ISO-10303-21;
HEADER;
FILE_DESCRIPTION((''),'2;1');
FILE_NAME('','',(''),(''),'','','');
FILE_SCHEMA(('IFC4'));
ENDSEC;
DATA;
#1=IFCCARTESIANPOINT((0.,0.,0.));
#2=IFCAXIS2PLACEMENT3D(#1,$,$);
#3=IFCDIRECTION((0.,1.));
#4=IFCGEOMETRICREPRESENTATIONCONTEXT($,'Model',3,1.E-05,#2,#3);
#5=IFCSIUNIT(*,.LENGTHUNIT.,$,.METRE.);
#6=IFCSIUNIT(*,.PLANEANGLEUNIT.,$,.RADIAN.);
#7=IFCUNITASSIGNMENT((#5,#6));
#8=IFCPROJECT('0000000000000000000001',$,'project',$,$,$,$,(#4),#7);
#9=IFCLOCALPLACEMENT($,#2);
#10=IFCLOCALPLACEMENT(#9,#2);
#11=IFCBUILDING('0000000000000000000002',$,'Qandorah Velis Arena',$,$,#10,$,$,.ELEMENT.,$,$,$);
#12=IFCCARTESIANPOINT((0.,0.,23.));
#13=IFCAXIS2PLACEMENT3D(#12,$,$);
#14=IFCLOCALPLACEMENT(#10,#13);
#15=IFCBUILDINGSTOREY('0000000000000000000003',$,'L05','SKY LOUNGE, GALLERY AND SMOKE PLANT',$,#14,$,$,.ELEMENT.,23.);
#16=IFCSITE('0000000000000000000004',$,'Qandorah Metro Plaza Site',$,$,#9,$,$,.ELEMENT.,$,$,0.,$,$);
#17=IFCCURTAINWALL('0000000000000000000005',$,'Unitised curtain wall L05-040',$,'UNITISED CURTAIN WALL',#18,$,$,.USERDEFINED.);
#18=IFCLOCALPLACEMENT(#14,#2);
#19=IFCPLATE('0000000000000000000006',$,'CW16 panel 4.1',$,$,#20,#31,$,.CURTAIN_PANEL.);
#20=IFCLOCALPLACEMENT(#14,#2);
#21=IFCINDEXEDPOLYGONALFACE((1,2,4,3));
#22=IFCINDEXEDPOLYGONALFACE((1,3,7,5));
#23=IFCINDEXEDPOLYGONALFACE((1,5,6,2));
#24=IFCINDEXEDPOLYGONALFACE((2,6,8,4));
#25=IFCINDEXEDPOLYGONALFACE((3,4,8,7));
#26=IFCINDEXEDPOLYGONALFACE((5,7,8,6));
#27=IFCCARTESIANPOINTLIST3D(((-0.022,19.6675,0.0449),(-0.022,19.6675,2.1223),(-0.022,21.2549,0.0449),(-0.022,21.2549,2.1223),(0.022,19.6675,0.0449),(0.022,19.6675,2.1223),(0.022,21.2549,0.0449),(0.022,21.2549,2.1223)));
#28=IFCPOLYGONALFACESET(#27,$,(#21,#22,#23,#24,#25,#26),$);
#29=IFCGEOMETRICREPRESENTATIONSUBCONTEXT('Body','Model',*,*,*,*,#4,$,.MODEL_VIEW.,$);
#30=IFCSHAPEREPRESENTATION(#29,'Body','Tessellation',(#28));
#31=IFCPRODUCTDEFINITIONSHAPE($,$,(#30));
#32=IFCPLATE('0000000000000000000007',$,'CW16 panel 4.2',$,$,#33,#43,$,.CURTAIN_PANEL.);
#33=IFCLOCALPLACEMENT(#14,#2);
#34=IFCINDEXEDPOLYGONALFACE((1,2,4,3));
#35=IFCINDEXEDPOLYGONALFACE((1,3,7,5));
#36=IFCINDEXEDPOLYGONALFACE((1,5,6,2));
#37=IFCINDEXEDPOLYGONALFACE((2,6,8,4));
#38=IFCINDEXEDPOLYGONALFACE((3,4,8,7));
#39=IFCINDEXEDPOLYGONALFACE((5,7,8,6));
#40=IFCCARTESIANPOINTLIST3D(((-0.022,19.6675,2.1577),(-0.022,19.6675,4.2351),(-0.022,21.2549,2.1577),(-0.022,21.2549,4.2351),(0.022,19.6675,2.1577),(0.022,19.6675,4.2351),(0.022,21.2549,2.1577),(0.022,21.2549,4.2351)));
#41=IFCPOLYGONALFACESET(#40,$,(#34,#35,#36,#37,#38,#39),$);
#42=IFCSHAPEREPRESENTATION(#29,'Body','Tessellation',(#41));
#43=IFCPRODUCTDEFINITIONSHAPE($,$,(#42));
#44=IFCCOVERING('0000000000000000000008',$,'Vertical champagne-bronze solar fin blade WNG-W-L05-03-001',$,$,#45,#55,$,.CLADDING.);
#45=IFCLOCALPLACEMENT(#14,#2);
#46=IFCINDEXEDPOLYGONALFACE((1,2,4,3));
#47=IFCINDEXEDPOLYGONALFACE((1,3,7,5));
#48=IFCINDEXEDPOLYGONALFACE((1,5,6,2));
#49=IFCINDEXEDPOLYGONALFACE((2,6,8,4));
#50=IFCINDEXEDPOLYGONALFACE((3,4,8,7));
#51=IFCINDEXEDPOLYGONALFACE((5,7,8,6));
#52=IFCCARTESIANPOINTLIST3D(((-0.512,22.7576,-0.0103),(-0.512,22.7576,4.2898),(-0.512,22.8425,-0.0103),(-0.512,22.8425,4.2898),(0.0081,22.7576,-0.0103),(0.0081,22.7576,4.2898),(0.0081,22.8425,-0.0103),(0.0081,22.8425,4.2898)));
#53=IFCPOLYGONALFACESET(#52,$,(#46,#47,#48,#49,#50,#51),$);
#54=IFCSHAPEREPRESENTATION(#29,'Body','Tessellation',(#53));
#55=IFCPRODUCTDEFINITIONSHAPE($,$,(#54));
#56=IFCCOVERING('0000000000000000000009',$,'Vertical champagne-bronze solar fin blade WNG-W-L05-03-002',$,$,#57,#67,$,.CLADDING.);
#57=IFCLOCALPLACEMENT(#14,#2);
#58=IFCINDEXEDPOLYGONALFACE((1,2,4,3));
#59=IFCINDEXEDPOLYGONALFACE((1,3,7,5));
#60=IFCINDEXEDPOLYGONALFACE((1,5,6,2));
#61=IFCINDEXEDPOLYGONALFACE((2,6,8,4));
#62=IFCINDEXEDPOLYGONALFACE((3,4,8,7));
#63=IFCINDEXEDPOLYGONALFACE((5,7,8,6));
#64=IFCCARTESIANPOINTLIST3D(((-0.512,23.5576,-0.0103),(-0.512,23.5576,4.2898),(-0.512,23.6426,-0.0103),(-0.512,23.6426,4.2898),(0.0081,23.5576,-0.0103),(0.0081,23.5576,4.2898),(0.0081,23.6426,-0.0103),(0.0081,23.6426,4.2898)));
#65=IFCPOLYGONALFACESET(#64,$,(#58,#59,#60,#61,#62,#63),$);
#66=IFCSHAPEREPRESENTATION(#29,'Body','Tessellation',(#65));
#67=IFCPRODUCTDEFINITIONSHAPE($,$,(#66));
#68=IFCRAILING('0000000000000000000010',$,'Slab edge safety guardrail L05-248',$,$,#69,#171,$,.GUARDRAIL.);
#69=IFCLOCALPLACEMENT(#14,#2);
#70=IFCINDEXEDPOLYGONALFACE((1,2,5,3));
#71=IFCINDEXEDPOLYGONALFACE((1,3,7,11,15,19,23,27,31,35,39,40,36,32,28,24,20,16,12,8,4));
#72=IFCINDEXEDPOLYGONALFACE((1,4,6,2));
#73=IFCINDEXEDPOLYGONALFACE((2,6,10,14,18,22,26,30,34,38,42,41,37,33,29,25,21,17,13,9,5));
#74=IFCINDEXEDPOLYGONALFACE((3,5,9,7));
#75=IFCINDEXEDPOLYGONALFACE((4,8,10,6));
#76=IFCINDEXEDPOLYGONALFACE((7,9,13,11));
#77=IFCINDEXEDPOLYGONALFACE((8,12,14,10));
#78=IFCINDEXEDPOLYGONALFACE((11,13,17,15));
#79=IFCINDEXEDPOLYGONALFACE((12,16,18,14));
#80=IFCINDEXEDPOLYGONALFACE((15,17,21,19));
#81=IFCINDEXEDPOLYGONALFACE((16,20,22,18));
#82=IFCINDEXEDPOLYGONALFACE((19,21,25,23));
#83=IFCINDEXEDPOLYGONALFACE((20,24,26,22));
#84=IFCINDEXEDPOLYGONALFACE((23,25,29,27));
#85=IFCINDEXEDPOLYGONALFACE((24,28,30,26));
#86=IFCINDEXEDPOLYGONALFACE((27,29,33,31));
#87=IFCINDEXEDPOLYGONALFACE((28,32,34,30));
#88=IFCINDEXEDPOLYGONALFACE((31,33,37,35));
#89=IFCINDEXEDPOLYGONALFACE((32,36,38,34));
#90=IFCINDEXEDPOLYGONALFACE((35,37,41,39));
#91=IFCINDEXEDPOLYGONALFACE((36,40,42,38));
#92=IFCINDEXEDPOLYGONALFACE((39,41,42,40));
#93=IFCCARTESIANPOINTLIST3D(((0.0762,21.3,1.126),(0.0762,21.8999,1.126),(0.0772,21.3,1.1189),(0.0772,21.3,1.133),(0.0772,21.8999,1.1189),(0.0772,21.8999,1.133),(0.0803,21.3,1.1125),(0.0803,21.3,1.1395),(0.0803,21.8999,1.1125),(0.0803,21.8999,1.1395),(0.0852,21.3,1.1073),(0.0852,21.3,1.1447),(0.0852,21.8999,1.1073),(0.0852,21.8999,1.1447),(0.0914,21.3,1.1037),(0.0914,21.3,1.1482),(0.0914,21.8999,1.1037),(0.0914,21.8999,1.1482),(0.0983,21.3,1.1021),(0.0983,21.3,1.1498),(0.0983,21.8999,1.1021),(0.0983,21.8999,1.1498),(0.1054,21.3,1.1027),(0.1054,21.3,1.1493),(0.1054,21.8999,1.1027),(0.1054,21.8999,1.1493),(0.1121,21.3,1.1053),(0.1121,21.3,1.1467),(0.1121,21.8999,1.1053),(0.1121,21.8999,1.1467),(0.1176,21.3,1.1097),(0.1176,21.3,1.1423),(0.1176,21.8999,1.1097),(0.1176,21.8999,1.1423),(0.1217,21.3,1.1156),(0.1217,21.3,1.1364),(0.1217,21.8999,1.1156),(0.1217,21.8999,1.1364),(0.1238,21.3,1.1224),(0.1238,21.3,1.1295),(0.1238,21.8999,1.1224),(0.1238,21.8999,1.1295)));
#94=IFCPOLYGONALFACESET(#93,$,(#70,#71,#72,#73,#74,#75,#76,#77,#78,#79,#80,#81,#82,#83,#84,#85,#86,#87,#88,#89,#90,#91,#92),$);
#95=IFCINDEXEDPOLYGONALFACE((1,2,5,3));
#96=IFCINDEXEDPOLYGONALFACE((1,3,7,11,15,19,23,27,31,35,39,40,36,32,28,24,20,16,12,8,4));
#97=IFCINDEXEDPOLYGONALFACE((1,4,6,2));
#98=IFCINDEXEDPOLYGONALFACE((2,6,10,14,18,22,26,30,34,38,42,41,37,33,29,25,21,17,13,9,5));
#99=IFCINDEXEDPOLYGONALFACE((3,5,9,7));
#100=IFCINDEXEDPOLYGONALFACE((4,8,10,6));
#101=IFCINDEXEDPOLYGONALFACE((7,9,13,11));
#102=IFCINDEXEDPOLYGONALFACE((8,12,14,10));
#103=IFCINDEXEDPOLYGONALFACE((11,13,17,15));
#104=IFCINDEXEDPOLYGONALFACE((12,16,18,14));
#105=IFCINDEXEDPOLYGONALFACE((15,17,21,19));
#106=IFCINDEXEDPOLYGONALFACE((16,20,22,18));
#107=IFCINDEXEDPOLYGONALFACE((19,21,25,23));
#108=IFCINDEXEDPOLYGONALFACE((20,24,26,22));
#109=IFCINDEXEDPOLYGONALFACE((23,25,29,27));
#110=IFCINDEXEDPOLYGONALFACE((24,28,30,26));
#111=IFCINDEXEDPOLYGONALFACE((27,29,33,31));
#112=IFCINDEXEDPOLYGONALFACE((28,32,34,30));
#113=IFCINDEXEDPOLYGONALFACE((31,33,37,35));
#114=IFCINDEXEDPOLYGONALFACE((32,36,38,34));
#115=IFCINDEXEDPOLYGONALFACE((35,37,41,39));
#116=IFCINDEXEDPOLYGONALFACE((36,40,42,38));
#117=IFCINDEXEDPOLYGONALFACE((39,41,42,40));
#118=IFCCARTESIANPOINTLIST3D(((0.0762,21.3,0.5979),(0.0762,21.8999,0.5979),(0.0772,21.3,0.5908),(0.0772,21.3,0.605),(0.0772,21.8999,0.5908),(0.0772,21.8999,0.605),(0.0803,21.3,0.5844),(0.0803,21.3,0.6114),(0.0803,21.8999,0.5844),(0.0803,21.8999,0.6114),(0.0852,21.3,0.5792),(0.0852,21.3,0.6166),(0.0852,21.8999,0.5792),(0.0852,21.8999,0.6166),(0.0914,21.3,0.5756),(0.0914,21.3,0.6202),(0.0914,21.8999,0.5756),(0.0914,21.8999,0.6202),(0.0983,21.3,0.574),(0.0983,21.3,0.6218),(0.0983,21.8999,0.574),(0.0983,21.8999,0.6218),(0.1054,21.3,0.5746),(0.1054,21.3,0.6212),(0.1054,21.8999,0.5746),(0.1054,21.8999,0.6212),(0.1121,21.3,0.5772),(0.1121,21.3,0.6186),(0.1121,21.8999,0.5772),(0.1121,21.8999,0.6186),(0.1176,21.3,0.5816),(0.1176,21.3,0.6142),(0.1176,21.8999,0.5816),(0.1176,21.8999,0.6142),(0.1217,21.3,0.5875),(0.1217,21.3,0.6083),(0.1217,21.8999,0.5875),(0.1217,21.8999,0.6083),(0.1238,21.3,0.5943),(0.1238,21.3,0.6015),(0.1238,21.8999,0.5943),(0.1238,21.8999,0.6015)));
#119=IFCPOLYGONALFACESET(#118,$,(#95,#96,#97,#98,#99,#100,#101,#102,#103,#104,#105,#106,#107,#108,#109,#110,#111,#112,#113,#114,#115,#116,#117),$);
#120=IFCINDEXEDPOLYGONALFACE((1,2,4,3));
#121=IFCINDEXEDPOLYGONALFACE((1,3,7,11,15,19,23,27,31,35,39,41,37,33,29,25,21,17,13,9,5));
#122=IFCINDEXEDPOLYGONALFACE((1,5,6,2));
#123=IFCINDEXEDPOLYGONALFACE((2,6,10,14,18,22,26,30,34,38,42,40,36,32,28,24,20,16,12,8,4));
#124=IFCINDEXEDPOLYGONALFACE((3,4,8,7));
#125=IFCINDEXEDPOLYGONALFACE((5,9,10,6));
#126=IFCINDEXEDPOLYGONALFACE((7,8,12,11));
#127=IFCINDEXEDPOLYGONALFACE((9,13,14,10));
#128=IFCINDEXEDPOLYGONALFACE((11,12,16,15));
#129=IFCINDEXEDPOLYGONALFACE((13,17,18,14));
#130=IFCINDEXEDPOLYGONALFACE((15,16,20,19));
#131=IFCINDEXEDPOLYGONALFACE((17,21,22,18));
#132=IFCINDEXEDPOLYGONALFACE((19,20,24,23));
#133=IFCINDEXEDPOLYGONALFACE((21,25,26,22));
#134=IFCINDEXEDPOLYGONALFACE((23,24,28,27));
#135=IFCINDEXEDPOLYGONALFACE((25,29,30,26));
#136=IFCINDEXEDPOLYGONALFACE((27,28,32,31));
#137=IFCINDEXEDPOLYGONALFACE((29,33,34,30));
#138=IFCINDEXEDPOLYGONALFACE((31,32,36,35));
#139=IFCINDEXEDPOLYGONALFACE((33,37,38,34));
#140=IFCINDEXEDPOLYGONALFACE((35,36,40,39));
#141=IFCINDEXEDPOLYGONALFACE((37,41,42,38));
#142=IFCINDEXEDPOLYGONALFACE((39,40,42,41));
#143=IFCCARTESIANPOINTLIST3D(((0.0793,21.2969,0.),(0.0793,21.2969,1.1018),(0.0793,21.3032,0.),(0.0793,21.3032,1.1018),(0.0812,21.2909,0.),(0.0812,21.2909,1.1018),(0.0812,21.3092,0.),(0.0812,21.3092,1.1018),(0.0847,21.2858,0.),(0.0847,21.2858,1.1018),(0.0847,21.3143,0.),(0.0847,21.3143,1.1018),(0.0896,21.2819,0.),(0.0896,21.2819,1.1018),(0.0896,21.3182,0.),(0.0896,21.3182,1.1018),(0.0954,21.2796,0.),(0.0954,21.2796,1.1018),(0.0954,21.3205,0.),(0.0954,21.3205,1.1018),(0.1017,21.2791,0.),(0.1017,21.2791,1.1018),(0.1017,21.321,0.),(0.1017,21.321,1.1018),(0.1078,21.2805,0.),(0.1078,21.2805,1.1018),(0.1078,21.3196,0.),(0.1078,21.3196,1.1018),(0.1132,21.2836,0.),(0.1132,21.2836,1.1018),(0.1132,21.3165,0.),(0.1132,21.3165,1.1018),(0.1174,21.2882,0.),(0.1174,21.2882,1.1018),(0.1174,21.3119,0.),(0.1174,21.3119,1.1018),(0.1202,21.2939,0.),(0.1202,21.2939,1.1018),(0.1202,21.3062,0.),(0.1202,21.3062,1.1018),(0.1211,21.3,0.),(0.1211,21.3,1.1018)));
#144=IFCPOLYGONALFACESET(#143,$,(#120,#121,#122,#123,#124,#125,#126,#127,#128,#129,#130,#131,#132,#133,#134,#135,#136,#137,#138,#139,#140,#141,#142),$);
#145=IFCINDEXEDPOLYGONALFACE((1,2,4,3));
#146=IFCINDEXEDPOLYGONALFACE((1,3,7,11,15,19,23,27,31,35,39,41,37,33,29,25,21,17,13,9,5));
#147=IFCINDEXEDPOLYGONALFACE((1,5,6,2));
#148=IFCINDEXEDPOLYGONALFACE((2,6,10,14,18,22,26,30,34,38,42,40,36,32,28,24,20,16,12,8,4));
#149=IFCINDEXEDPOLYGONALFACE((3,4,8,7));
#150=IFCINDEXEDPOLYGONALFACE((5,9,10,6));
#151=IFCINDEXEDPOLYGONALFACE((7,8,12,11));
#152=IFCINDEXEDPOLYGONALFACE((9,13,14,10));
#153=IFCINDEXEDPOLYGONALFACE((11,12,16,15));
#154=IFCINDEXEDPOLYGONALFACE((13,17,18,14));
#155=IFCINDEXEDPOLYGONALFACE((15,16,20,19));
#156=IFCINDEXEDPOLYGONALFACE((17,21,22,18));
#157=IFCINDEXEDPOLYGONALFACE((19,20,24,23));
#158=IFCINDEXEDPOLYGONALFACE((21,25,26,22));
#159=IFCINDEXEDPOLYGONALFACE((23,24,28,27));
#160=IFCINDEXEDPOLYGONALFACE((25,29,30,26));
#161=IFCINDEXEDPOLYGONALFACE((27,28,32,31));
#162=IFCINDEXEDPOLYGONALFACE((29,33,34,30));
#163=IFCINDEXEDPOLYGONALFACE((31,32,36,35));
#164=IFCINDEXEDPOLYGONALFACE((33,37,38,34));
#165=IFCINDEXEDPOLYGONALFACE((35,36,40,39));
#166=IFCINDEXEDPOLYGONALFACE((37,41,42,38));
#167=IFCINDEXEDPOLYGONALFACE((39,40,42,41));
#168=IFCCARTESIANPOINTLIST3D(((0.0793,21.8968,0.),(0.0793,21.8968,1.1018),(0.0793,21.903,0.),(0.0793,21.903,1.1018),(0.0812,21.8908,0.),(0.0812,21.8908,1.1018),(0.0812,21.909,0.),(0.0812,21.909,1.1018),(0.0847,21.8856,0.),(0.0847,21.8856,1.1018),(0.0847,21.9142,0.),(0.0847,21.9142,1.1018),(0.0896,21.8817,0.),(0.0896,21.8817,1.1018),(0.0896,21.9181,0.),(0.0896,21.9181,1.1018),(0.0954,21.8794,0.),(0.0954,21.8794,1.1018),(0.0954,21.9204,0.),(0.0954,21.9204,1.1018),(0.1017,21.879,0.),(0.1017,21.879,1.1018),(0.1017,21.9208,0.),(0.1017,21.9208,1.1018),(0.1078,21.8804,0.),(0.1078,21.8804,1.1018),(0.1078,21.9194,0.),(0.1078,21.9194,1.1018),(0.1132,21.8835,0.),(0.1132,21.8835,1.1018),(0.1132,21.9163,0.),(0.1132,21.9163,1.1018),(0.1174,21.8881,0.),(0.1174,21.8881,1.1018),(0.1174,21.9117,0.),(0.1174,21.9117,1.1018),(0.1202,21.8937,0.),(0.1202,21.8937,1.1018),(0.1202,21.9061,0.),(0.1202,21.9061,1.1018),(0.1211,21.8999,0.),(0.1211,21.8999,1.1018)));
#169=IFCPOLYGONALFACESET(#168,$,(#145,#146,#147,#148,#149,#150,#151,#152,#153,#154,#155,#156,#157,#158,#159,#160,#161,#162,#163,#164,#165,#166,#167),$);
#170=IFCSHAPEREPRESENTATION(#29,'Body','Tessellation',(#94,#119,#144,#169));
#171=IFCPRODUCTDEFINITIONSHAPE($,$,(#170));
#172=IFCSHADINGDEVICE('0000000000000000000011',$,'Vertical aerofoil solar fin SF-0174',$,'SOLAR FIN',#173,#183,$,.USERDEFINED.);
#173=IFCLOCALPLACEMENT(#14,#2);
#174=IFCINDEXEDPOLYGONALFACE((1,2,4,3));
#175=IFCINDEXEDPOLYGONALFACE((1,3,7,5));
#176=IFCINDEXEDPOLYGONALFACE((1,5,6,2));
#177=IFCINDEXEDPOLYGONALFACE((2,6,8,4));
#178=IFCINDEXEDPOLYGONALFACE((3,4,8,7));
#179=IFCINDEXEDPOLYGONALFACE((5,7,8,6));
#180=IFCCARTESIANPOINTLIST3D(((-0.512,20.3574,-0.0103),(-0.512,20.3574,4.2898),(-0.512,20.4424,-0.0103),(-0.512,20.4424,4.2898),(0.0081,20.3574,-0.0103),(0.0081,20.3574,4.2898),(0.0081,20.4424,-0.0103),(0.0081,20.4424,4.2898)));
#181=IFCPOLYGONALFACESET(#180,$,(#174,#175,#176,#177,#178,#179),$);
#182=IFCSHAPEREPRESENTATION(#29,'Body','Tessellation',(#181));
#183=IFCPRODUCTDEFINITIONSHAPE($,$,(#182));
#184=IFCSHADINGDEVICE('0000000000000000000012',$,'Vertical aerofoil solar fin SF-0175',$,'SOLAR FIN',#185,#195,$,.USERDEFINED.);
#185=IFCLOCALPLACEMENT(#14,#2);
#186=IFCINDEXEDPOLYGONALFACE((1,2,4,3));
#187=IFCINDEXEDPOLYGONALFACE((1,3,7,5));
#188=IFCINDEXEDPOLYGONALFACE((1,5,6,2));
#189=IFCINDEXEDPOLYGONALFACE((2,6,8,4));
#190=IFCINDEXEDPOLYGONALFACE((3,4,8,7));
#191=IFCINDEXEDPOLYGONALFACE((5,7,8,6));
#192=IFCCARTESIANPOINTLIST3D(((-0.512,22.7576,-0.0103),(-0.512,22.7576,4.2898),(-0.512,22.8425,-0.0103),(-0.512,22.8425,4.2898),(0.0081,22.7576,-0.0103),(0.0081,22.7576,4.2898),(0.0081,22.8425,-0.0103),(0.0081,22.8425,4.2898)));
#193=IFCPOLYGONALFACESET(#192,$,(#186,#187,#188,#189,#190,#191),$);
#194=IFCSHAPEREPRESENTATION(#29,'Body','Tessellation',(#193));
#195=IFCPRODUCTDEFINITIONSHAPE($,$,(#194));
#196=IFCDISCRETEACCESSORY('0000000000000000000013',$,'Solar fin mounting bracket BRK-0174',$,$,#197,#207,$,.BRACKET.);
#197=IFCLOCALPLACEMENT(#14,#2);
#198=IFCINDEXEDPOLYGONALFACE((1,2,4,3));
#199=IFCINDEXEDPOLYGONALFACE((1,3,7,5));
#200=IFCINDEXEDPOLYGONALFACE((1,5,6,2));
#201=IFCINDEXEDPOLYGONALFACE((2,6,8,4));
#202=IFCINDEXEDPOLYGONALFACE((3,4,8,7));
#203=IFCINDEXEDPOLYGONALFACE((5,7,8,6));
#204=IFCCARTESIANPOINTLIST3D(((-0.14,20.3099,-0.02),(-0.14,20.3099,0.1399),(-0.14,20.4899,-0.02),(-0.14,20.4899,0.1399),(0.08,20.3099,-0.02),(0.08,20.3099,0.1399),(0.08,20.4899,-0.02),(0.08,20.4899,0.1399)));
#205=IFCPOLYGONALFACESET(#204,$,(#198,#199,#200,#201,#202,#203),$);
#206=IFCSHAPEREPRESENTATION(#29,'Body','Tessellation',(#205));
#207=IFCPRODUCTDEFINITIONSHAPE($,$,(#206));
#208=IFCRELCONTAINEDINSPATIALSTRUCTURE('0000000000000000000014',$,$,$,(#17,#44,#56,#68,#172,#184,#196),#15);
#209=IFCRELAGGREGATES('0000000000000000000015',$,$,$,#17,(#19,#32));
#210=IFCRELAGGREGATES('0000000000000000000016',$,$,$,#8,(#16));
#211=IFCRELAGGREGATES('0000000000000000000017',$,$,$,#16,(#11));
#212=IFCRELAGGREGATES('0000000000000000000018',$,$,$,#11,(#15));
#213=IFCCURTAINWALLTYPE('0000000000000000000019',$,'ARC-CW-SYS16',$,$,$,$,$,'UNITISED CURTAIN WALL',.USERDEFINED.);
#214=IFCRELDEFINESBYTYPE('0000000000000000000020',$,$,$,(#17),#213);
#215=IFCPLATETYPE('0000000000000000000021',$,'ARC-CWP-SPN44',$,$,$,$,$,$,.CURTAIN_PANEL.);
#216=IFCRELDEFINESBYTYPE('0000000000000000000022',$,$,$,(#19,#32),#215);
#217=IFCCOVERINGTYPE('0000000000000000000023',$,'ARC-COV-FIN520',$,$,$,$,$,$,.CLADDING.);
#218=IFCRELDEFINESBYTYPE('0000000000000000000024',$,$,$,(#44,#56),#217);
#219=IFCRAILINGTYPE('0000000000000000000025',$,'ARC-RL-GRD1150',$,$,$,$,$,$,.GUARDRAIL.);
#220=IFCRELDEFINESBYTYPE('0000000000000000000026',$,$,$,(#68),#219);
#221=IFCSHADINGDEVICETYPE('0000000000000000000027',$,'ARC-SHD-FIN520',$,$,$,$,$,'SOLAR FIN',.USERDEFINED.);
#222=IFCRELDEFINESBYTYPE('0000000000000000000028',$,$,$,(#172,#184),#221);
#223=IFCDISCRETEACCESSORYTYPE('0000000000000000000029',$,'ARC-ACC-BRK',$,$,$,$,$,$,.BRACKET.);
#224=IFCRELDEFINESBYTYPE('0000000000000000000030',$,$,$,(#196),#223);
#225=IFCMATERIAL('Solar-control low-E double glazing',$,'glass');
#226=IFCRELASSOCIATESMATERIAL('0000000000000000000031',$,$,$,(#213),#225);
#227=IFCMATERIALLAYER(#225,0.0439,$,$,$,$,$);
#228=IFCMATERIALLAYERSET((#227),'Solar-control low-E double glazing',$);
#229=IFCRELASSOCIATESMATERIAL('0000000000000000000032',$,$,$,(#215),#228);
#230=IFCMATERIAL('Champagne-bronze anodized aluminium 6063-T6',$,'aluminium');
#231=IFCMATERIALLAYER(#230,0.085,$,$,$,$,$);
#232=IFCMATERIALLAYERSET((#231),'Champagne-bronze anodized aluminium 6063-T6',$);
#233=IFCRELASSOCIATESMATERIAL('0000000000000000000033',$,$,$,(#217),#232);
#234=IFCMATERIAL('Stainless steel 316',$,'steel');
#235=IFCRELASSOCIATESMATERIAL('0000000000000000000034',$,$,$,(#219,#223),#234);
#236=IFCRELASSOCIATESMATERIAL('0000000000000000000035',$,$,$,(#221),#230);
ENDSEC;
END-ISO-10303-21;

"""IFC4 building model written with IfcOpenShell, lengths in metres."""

from ifc_helpers import new_model, si_unit, direction, frame, origin, origin_2d, place, context, subcontext, project, spatial, rectangle, circle, extrude, material, layer, layer_set, type_object, element, aggregate, save


model = new_model("IFC4")

# Units and contexts
model_context = context("Model", 3, precision=1e-05, world=origin(), true_north=direction((0.0, 1.0)))
body_context = subcontext(model_context, "Body", "Model", "MODEL_VIEW")
ifc_project = project(units=[si_unit("LENGTHUNIT", "METRE"), si_unit("PLANEANGLEUNIT", "RADIAN")], contexts=[model_context])

# Site, building, storey
site_placement = place(None, origin())
site = spatial("IfcSite", under=ifc_project, at=site_placement, Name="Qandorah Metro Plaza Site", CompositionType="ELEMENT", RefElevation=0.0)
building_placement = place(site_placement, origin())
building = spatial("IfcBuilding", under=site, at=building_placement, Name="Qandorah Velis Arena", CompositionType="ELEMENT")
storey_placement = place(building_placement, frame((0.0, 0.0, 23.0)))
storey = spatial("IfcBuildingStorey", under=building, at=storey_placement, Name="L05", Description="SKY LOUNGE, GALLERY AND SMOKE PLANT", CompositionType="ELEMENT", Elevation=23.0)

# Curtain wall
ifc_material_1 = material(Name="Solar-control low-E double glazing", Category="glass")
curtain_wall_type_1 = type_object("IfcCurtainWallType", Name="ARC-CW-SYS16", ElementType="UNITISED CURTAIN WALL", PredefinedType="USERDEFINED", material=ifc_material_1)
curtain_wall_1_placement = place(storey_placement, origin())
curtain_wall_1 = element("IfcCurtainWall", 1, at=curtain_wall_1_placement, inside=storey, type_object=curtain_wall_type_1, Name="Unitised curtain wall L05-040", ObjectType="UNITISED CURTAIN WALL", PredefinedType="USERDEFINED")
ifc_material_2 = material(Name="Champagne-bronze anodized aluminium 6063-T6", Category="aluminium")

# Plates
ifc_layer_1 = layer(ifc_material_1, 0.0439)
ifc_layer_set_1 = layer_set([ifc_layer_1], Name="Solar-control low-E double glazing")
plate_type_1 = type_object("IfcPlateType", Name="ARC-CWP-SPN44", PredefinedType="CURTAIN_PANEL", material=ifc_layer_set_1)
plate_1_placement = place(storey_placement, frame((0.0, 20.4612, 0.0449), z_axis=(0.0, 0.0, 1.0), x_axis=(0.0, 1.0, 0.0)))
plate_1 = element("IfcPlate", 2, at=plate_1_placement, type_object=plate_type_1, Name="CW16 panel 4.1", PredefinedType="CURTAIN_PANEL", context=body_context, shape_type="SweptSolid", body=[
    extrude(rectangle(XDim=1.5874, YDim=0.0439, at=origin_2d()), origin(), (0.0, 0.0, 1.0), 2.0774),
])
plate_2_placement = place(storey_placement, frame((0.0, 20.4612, 2.1577), z_axis=(0.0, 0.0, 1.0), x_axis=(0.0, 1.0, 0.0)))
plate_2 = element("IfcPlate", 3, at=plate_2_placement, type_object=plate_type_1, Name="CW16 panel 4.2", PredefinedType="CURTAIN_PANEL", context=body_context, shape_type="SweptSolid", body=[
    extrude(rectangle(XDim=1.5874, YDim=0.0439, at=origin_2d()), origin(), (0.0, 0.0, 1.0), 2.0774),
])
aggregate(curtain_wall_1, [plate_1, plate_2])

# Coverings
ifc_layer_2 = layer(ifc_material_2, 0.085)
ifc_layer_set_2 = layer_set([ifc_layer_2], Name="Champagne-bronze anodized aluminium 6063-T6")
covering_type = type_object("IfcCoveringType", Name="ARC-COV-FIN520", PredefinedType="CLADDING", material=ifc_layer_set_2)
for number, where, z_axis, x_axis, name in (
    (4, (-0.252, 22.8, -0.0103), (0.0, 0.0, 1.0), (1.0, 0.0, 0.0), "Vertical champagne-bronze solar fin blade WNG-W-L05-03-001"),
    (5, (-0.252, 23.6001, -0.0103), (0.0, 0.0, 1.0), (1.0, 0.0, 0.0), "Vertical champagne-bronze solar fin blade WNG-W-L05-03-002"),
):
    element("IfcCovering", number, at=place(storey_placement, frame(where, z_axis=z_axis, x_axis=x_axis)), inside=storey, type_object=covering_type, Name=name, PredefinedType="CLADDING", context=body_context, shape_type="SweptSolid", body=[
        extrude(rectangle(XDim=0.52, YDim=0.085, at=origin_2d()), origin(), (0.0, 0.0, 1.0), 4.3),
    ])

# Railing
ifc_material_3 = material(Name="Stainless steel 316", Category="steel")
railing_type = type_object("IfcRailingType", Name="ARC-RL-GRD1150", PredefinedType="GUARDRAIL", material=ifc_material_3)
railing_placement = place(storey_placement, frame((0.1001, 21.3, 0.0)))
element("IfcRailing", 6, at=railing_placement, inside=storey, type_object=railing_type, Name="Slab edge safety guardrail L05-248", PredefinedType="GUARDRAIL", context=body_context, shape_type="SweptSolid", body=[
    extrude(circle(Radius=0.0239, at=origin_2d()), frame((0.0, 0.0, 1.126), z_axis=(0.0, 1.0, 0.0), x_axis=(-1.0, 0.0, 0.0)), (0.0, 0.0, 1.0), 0.5999),
    extrude(circle(Radius=0.0239, at=origin_2d()), frame((0.0, 0.0, 0.5979), z_axis=(0.0, 1.0, 0.0), x_axis=(-1.0, 0.0, 0.0)), (0.0, 0.0, 1.0), 0.5999),
    extrude(circle(Radius=0.021, at=origin_2d()), origin(), (0.0, 0.0, 1.0), 1.1018),
    extrude(circle(Radius=0.021, at=origin_2d()), frame((0.0, 0.5999, 0.0)), (0.0, 0.0, 1.0), 1.1018),
])

# Shading devices
shading_device_type = type_object("IfcShadingDeviceType", Name="ARC-SHD-FIN520", ElementType="SOLAR FIN", PredefinedType="USERDEFINED", material=ifc_material_2)
for number, where, z_axis, x_axis, name in (
    (7, (-0.252, 20.3999, -0.0103), (0.0, 0.0, 1.0), (1.0, 0.0, 0.0), "Vertical aerofoil solar fin SF-0174"),
    (8, (-0.252, 22.8, -0.0103), (0.0, 0.0, 1.0), (1.0, 0.0, 0.0), "Vertical aerofoil solar fin SF-0175"),
):
    element("IfcShadingDevice", number, at=place(storey_placement, frame(where, z_axis=z_axis, x_axis=x_axis)), inside=storey, type_object=shading_device_type, Name=name, ObjectType="SOLAR FIN", PredefinedType="USERDEFINED", context=body_context, shape_type="SweptSolid", body=[
        extrude(rectangle(XDim=0.52, YDim=0.085, at=origin_2d()), origin(), (0.0, 0.0, 1.0), 4.3),
    ])

# Discrete accessory
discrete_accessory_type = type_object("IfcDiscreteAccessoryType", Name="ARC-ACC-BRK", PredefinedType="BRACKET", material=ifc_material_3)
for number, where, z_axis, x_axis, name in (
    (9, (-0.03, 20.3999, -0.02), (0.0, 0.0, 1.0), (1.0, 0.0, 0.0), "Solar fin mounting bracket BRK-0174"),
):
    element("IfcDiscreteAccessory", number, at=place(storey_placement, frame(where, z_axis=z_axis, x_axis=x_axis)), inside=storey, type_object=discrete_accessory_type, Name=name, PredefinedType="BRACKET", context=body_context, shape_type="SweptSolid", body=[
        extrude(rectangle(XDim=0.22, YDim=0.1799, at=origin_2d()), origin(), (0.0, 0.0, 1.0), 0.1599),
    ])

save(model, "model.ifc")
